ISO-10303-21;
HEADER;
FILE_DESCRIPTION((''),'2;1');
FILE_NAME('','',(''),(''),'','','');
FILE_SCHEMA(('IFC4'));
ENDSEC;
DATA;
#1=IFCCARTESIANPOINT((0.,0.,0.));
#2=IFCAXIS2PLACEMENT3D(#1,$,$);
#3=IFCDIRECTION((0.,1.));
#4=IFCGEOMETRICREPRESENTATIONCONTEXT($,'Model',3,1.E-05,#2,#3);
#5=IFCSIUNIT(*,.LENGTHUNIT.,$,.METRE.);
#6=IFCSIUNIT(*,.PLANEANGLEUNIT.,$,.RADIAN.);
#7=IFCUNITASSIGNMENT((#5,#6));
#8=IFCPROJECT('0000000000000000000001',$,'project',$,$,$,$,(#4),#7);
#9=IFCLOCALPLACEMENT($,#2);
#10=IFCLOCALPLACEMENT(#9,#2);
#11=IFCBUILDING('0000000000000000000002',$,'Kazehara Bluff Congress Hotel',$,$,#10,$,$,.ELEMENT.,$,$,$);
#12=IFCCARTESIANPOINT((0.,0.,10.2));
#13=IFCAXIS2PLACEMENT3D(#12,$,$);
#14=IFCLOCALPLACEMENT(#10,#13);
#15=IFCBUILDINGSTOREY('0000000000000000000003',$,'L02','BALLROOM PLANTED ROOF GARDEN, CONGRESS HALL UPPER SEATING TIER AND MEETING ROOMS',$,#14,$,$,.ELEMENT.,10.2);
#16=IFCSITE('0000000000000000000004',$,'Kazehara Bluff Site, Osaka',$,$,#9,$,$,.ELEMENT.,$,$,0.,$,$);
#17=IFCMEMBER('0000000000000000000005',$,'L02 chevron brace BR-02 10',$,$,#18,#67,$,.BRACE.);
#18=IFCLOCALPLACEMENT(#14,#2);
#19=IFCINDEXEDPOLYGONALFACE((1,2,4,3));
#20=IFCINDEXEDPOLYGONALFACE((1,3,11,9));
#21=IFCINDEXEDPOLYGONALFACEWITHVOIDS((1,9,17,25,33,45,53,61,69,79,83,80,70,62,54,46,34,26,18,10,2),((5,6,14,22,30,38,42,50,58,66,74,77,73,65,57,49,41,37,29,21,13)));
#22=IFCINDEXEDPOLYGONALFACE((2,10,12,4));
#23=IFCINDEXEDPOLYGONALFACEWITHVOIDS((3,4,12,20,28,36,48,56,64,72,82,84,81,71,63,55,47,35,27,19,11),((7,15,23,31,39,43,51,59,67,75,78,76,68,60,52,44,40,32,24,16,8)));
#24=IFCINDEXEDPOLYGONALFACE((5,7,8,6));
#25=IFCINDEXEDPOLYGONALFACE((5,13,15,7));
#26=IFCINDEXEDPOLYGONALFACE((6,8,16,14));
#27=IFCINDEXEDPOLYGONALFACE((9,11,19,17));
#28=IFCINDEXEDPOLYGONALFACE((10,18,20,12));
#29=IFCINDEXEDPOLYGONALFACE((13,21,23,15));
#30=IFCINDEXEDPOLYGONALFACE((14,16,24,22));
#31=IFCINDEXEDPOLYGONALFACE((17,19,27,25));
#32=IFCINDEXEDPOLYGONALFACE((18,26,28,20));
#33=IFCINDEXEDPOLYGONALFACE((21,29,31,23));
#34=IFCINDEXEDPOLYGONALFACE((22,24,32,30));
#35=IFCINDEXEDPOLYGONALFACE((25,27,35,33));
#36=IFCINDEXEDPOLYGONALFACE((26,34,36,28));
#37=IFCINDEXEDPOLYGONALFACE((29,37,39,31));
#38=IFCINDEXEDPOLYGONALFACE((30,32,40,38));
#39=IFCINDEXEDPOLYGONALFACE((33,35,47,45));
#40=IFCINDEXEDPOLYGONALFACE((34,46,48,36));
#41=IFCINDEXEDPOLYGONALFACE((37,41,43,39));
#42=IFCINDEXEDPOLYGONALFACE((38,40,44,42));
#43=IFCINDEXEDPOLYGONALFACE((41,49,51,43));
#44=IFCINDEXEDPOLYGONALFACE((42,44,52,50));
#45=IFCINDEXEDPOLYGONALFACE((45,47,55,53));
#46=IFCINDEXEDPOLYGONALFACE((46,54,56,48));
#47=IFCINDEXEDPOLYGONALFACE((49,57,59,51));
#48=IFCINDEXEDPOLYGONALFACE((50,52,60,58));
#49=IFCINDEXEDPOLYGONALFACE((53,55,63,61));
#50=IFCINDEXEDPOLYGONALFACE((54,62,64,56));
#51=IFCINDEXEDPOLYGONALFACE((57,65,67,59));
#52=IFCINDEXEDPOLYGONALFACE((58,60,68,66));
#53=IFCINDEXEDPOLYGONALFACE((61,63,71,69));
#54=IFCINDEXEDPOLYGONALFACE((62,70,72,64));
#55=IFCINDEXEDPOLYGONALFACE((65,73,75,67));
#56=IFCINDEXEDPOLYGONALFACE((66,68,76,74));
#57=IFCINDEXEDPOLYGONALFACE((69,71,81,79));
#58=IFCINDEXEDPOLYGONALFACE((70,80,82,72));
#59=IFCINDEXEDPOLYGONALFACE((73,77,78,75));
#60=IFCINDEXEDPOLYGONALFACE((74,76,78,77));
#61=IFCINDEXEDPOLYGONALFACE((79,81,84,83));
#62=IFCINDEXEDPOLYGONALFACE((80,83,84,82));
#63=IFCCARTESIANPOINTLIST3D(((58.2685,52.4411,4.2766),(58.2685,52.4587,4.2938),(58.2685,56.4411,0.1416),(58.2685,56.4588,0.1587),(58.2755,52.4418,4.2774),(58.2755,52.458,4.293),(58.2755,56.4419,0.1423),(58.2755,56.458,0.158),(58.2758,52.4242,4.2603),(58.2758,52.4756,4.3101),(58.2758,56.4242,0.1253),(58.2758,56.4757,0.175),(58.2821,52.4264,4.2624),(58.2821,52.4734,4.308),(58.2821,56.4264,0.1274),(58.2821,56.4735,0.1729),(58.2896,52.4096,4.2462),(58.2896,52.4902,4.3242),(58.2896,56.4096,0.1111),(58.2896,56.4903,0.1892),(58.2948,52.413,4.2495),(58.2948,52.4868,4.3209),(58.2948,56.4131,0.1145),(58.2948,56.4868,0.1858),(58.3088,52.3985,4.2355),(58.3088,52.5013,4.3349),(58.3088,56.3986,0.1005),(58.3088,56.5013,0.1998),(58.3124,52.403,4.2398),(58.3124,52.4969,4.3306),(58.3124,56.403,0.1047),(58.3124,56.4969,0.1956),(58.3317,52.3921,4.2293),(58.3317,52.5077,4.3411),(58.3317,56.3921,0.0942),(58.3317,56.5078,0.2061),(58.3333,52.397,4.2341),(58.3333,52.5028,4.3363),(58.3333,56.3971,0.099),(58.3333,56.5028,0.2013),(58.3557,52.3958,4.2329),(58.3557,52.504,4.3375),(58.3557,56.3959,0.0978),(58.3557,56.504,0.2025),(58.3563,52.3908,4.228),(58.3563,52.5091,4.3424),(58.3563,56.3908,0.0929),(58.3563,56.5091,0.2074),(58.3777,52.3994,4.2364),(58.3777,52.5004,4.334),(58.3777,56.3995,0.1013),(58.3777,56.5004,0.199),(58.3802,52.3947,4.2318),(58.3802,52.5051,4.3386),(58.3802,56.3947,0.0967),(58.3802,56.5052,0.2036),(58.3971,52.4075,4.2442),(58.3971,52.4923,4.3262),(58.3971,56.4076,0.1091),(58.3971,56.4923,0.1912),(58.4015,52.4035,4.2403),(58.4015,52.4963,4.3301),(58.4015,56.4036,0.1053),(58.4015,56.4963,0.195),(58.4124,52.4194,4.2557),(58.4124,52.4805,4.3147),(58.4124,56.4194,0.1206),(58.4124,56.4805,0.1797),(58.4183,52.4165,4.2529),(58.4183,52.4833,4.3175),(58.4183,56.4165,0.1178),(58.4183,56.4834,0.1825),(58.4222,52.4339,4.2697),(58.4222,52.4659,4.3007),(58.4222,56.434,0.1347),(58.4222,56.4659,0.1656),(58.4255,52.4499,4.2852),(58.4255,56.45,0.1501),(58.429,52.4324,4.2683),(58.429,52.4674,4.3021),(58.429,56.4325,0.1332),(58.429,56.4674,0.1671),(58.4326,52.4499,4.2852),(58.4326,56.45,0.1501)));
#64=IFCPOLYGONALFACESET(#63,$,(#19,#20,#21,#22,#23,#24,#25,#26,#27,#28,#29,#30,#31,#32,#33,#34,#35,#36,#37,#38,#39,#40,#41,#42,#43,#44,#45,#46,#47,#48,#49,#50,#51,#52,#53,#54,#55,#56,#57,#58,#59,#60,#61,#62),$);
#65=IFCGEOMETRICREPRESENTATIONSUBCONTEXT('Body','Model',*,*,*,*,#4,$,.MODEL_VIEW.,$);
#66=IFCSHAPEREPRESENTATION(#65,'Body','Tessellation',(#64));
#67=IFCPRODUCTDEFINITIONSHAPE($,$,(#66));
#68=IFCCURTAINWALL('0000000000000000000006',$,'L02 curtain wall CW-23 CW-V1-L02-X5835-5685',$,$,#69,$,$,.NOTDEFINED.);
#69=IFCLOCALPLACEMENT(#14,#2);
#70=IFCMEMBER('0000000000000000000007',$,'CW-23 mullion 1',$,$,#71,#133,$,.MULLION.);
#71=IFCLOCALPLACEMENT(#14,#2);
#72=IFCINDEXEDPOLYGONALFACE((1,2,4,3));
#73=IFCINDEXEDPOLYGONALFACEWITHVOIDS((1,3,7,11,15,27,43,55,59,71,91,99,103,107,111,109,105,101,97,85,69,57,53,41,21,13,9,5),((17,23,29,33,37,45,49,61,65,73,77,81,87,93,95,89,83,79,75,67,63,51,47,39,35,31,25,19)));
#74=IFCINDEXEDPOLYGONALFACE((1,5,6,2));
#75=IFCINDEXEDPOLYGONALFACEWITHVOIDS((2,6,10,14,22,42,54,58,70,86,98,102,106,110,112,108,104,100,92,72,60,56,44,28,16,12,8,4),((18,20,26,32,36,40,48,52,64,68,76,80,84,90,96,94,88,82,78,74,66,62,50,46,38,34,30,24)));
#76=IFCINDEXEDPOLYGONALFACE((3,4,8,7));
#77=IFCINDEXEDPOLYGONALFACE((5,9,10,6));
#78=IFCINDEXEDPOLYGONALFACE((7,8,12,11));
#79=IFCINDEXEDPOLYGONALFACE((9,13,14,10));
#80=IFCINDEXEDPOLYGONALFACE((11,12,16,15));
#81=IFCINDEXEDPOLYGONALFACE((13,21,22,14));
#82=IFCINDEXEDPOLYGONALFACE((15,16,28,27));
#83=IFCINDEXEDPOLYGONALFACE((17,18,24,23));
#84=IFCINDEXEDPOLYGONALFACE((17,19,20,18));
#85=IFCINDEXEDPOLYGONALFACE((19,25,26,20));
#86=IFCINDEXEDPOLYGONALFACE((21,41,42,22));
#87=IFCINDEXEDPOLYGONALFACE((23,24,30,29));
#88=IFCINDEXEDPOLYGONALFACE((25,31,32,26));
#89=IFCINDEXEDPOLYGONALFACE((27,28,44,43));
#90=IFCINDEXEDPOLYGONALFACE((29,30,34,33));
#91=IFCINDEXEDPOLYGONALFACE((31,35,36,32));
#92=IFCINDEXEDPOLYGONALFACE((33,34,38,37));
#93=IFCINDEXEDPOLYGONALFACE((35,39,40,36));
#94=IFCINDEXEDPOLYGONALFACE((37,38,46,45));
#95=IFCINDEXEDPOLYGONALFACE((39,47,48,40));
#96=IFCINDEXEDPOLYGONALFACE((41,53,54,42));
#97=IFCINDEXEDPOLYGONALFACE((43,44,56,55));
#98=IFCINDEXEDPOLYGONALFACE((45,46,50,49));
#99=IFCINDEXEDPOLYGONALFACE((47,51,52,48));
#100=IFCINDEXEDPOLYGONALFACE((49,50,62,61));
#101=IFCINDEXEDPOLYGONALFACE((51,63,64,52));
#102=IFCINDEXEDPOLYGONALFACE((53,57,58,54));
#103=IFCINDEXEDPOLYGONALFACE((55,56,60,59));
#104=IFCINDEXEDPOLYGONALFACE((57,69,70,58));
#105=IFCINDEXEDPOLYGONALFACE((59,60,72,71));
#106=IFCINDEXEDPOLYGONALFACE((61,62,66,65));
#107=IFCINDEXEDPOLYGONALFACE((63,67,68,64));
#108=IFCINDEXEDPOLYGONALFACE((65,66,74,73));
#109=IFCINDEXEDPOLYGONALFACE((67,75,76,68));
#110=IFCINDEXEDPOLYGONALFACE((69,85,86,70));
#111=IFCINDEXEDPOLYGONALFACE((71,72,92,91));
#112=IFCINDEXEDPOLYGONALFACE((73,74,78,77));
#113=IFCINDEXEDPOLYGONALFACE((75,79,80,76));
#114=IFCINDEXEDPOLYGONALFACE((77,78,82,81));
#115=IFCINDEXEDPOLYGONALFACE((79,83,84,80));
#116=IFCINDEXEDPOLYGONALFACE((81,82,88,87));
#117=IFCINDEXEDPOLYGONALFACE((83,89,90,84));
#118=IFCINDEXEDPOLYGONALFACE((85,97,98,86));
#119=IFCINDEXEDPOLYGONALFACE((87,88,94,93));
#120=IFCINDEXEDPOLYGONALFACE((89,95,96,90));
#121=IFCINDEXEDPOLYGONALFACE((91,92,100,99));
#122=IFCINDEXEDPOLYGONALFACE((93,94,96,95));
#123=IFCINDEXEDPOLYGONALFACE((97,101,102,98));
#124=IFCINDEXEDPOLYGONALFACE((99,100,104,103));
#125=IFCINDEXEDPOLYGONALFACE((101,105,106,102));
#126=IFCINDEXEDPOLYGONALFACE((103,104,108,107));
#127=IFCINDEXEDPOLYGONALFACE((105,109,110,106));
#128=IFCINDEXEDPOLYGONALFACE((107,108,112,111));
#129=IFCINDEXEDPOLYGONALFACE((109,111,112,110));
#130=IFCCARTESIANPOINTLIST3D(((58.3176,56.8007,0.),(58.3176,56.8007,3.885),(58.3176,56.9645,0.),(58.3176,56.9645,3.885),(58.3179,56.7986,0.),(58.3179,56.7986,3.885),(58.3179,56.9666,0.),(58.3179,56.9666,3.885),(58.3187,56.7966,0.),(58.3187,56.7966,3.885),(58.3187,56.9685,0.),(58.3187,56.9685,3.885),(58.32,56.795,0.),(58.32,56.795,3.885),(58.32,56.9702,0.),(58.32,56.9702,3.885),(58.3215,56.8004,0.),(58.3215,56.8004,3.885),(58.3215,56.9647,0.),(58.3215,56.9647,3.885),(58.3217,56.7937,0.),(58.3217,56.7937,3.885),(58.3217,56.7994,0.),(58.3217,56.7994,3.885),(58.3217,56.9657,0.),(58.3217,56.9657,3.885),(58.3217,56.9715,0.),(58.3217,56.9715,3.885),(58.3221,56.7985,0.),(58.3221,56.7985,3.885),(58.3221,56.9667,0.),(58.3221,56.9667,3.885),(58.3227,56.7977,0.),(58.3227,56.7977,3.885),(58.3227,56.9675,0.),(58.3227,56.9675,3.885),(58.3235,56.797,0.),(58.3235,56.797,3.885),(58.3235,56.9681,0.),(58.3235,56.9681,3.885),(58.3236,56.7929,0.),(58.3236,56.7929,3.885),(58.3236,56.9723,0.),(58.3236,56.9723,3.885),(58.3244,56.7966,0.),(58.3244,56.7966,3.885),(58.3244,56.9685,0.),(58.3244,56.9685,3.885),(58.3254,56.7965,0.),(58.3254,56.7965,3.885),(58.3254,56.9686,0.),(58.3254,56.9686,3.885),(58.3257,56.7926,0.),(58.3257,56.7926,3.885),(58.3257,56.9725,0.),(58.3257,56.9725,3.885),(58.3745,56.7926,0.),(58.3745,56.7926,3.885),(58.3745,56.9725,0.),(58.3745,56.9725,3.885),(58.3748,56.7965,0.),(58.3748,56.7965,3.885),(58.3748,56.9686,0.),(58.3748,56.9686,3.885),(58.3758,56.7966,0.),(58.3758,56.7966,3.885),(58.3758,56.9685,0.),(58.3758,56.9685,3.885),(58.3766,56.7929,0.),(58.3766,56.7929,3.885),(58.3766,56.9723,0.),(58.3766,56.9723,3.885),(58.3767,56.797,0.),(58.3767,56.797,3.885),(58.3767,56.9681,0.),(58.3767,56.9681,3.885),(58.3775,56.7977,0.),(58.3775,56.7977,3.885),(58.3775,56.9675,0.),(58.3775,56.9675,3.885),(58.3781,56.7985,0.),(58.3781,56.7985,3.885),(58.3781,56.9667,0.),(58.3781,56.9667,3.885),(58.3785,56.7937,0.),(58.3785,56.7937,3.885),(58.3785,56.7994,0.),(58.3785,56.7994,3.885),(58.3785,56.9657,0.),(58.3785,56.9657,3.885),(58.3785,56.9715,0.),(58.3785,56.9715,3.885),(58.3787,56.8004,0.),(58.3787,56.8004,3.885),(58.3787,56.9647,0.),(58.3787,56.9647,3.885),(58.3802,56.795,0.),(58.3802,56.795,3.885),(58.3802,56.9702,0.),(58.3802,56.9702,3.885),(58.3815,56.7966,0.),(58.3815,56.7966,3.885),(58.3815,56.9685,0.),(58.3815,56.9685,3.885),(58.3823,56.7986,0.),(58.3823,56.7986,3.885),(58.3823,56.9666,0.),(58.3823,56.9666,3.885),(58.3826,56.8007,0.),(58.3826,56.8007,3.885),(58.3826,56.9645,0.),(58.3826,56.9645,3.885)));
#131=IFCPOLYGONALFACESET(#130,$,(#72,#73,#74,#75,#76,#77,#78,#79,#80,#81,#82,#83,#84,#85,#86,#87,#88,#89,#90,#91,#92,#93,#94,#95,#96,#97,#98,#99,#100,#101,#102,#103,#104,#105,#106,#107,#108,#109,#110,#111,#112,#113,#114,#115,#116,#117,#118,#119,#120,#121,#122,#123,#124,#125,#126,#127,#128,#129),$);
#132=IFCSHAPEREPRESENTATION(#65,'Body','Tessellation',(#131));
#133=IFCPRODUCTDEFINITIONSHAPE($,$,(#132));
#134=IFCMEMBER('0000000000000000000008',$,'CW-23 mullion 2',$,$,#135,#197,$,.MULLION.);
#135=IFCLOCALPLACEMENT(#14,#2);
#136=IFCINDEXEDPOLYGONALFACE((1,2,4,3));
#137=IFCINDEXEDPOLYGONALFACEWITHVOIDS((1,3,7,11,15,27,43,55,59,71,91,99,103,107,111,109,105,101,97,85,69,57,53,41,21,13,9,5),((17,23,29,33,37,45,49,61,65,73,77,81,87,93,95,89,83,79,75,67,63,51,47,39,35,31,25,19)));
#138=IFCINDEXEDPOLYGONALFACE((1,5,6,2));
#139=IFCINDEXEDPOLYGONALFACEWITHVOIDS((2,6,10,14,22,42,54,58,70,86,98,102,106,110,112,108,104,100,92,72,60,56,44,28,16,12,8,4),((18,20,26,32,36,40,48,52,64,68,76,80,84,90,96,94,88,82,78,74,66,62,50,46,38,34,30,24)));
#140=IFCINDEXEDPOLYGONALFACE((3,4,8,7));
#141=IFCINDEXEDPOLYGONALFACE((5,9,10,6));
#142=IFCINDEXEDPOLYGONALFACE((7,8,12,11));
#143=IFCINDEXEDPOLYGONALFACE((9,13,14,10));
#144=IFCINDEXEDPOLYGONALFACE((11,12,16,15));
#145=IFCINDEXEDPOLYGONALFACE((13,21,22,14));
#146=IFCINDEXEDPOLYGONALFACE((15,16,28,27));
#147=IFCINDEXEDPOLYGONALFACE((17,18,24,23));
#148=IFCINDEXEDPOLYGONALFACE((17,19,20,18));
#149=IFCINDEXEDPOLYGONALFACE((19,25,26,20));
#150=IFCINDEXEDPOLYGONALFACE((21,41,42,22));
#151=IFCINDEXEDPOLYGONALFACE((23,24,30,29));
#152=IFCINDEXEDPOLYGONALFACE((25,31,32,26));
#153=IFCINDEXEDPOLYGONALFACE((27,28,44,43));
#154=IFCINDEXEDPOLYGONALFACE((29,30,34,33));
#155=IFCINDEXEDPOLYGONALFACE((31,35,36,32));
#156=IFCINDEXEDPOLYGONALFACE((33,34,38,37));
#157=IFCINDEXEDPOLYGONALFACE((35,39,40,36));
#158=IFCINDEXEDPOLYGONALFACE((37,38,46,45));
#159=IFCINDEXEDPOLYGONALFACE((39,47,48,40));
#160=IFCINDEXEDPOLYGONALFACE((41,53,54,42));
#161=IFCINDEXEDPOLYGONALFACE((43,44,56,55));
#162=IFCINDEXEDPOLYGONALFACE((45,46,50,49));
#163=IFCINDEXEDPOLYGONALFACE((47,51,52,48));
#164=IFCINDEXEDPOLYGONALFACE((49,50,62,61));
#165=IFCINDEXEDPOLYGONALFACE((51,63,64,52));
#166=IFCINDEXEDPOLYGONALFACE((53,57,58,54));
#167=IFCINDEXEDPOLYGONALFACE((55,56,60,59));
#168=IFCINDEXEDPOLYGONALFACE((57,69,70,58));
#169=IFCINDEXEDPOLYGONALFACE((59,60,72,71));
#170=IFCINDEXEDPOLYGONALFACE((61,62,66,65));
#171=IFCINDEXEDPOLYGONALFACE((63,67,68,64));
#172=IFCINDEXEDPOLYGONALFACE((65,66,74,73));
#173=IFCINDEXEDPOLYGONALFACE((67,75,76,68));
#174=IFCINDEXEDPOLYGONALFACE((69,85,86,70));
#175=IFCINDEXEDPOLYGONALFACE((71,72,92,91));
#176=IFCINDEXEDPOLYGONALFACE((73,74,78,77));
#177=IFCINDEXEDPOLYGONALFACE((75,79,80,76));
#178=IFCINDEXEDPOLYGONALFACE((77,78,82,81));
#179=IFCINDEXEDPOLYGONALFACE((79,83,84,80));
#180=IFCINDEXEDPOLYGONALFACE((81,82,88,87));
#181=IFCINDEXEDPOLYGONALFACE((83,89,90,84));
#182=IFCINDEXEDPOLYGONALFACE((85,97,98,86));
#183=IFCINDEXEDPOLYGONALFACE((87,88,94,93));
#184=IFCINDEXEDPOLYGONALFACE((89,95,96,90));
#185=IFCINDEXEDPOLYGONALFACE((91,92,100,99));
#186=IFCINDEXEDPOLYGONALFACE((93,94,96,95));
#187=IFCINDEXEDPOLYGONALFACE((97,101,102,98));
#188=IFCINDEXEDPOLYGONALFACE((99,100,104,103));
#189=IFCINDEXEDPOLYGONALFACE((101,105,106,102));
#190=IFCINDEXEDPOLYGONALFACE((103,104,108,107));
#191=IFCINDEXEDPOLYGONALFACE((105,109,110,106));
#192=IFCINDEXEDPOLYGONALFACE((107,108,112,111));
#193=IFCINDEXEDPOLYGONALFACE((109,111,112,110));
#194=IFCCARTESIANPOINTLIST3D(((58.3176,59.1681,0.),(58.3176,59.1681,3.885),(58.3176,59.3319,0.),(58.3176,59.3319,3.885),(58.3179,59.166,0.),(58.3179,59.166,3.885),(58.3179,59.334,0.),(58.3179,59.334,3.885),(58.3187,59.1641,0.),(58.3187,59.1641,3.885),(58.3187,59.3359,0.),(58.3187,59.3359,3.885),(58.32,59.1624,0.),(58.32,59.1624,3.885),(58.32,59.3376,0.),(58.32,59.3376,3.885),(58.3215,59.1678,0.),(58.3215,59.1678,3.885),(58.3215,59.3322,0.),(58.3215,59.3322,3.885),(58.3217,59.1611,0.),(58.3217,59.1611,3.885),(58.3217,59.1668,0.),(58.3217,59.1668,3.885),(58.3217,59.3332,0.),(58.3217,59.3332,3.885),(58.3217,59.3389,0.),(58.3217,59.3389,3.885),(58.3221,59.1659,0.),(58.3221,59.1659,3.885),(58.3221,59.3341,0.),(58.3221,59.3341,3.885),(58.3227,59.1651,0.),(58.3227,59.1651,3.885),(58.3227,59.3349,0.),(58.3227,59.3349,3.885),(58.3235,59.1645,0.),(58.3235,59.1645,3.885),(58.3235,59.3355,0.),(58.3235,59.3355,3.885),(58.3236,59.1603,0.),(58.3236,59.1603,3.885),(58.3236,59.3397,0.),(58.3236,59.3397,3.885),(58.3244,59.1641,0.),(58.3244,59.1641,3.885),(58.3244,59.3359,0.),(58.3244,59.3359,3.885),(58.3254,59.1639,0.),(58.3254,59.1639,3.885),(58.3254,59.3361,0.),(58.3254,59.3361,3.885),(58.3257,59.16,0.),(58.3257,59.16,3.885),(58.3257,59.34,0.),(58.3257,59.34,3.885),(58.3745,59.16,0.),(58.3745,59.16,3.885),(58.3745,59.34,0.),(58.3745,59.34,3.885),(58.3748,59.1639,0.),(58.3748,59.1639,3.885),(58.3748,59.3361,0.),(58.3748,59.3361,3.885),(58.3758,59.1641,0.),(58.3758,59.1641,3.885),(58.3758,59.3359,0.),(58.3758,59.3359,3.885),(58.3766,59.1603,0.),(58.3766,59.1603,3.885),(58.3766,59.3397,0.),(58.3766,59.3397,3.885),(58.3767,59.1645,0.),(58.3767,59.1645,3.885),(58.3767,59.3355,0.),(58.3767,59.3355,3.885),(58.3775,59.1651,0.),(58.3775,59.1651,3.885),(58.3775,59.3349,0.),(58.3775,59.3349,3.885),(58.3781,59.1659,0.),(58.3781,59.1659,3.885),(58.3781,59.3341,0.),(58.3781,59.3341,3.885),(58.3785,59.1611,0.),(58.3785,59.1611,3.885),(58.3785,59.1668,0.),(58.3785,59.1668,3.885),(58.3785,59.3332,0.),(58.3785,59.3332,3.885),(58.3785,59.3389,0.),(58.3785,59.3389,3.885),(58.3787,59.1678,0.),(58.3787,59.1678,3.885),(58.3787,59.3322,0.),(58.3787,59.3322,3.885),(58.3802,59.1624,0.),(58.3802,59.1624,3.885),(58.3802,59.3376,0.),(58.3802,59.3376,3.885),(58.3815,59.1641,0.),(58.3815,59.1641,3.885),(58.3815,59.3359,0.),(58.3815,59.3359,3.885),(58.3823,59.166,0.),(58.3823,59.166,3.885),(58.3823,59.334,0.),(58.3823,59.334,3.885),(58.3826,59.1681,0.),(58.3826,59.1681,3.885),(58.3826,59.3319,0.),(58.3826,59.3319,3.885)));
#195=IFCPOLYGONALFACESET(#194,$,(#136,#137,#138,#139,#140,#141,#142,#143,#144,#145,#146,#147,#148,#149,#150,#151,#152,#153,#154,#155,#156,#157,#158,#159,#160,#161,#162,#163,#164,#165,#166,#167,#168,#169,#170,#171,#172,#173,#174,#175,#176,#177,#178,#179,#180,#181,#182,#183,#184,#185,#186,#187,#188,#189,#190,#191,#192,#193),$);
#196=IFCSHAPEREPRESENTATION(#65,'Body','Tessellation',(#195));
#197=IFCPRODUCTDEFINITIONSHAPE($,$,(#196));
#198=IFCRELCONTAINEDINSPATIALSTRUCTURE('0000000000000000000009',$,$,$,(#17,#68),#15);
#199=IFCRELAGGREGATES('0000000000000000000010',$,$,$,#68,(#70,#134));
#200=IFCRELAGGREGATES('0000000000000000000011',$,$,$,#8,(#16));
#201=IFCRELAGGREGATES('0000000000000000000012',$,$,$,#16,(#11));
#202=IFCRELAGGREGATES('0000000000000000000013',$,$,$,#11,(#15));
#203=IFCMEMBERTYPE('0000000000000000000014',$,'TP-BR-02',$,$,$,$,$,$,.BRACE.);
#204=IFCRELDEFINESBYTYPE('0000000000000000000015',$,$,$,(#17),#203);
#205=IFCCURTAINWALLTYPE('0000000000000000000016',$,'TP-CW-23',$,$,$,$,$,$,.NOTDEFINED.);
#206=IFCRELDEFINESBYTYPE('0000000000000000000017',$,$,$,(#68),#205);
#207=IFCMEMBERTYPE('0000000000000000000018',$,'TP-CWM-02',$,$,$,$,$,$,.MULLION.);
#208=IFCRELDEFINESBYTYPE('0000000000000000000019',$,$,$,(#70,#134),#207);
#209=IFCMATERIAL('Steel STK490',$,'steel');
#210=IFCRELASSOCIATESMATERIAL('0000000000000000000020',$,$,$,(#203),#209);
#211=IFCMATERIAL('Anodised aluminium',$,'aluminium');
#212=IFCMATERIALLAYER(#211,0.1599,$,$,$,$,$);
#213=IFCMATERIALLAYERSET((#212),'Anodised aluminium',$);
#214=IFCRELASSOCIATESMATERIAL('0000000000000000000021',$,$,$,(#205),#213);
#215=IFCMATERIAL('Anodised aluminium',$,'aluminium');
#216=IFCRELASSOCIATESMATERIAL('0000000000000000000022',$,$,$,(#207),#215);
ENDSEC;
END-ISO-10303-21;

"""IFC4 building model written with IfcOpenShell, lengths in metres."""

from ifc_helpers import new_model, si_unit, direction, frame, origin, origin_2d, place, context, subcontext, project, spatial, hollow_rectangle, hollow_circle, extrude, material, layer, layer_set, material_profile, profile_set, type_object, element, aggregate, save


model = new_model("IFC4")

# Units and contexts
model_context = context("Model", 3, precision=1e-05, world=origin(), true_north=direction((0.0, 1.0)))
body_context = subcontext(model_context, "Body", "Model", "MODEL_VIEW")
ifc_project = project(units=[si_unit("LENGTHUNIT", "METRE"), si_unit("PLANEANGLEUNIT", "RADIAN")], contexts=[model_context])

# Site, building, storey
site_placement = place(None, origin())
site = spatial("IfcSite", under=ifc_project, at=site_placement, Name="Kazehara Bluff Site, Osaka", CompositionType="ELEMENT", RefElevation=0.0)
building_placement = place(site_placement, origin())
building = spatial("IfcBuilding", under=site, at=building_placement, Name="Kazehara Bluff Congress Hotel", CompositionType="ELEMENT")
storey_placement = place(building_placement, frame((0.0, 0.0, 10.2)))
storey = spatial("IfcBuildingStorey", under=building, at=storey_placement, Name="L02", Description="BALLROOM PLANTED ROOF GARDEN, CONGRESS HALL UPPER SEATING TIER AND MEETING ROOMS", CompositionType="ELEMENT", Elevation=10.2)

# Member
ifc_material_1 = material(Name="Steel STK490", Category="steel")
ifc_material_profile_1 = material_profile(ifc_material_1, hollow_circle(Radius=0.0825, WallThickness=0.0071, at=origin_2d()))
ifc_profile_set_1 = profile_set([ifc_material_profile_1], Name="Steel STK490")
member_type_1 = type_object("IfcMemberType", Name="TP-BR-02", PredefinedType="BRACE", material=ifc_profile_set_1)
member_1_placement = place(storey_placement, frame((58.3501, 56.45, 0.1501), z_axis=(0.0, -0.695276, 0.718743), x_axis=(1.0, 0.0, 0.0)))
element("IfcMember", 1, at=member_1_placement, inside=storey, type_object=member_type_1, Name="L02 chevron brace BR-02 10", PredefinedType="BRACE", context=body_context, shape_type="SweptSolid", body=[
    extrude(hollow_circle(Radius=0.0825, WallThickness=0.0071, at=origin_2d()), origin(), (0.0, 0.0, 1.0), 5.7532),
])

# Curtain wall, members
ifc_material_2 = material(Name="Anodised aluminium", Category="aluminium")
ifc_layer_1 = layer(ifc_material_2, 0.1599)
ifc_layer_set_1 = layer_set([ifc_layer_1], Name="Anodised aluminium")
curtain_wall_type = type_object("IfcCurtainWallType", Name="TP-CW-23", PredefinedType="NOTDEFINED", material=ifc_layer_set_1)
curtain_wall_placement = place(storey_placement, origin())
curtain_wall = element("IfcCurtainWall", 2, at=curtain_wall_placement, inside=storey, type_object=curtain_wall_type, Name="L02 curtain wall CW-23 CW-V1-L02-X5835-5685", PredefinedType="NOTDEFINED")
ifc_material_3 = material(Name="Anodised aluminium", Category="aluminium")
ifc_material_profile_2 = material_profile(ifc_material_3, hollow_rectangle(XDim=0.0649, YDim=0.1799, WallThickness=0.0039, InnerFilletRadius=0.0039, OuterFilletRadius=0.0081, at=origin_2d()))
ifc_profile_set_2 = profile_set([ifc_material_profile_2], Name="Anodised aluminium")
member_type_2 = type_object("IfcMemberType", Name="TP-CWM-02", PredefinedType="MULLION", material=ifc_profile_set_2)
member_2_placement = place(storey_placement, frame((58.3501, 56.8826, 0.0), z_axis=(0.0, 0.0, 1.0), x_axis=(-1.0, 0.0, 0.0)))
member_2 = element("IfcMember", 3, at=member_2_placement, type_object=member_type_2, Name="CW-23 mullion 1", PredefinedType="MULLION", context=body_context, shape_type="SweptSolid", body=[
    extrude(hollow_rectangle(XDim=0.0649, YDim=0.1799, WallThickness=0.0039, InnerFilletRadius=0.0039, OuterFilletRadius=0.0081, at=origin_2d()), origin(), (0.0, 0.0, 1.0), 3.885),
])
member_3_placement = place(storey_placement, frame((58.3501, 59.25, 0.0), z_axis=(0.0, 0.0, 1.0), x_axis=(-1.0, 0.0, 0.0)))
member_3 = element("IfcMember", 4, at=member_3_placement, type_object=member_type_2, Name="CW-23 mullion 2", PredefinedType="MULLION", context=body_context, shape_type="SweptSolid", body=[
    extrude(hollow_rectangle(XDim=0.0649, YDim=0.1799, WallThickness=0.0039, InnerFilletRadius=0.0039, OuterFilletRadius=0.0081, at=origin_2d()), origin(), (0.0, 0.0, 1.0), 3.885),
])

aggregate(curtain_wall, [member_2, member_3])

save(model, "model.ifc")
